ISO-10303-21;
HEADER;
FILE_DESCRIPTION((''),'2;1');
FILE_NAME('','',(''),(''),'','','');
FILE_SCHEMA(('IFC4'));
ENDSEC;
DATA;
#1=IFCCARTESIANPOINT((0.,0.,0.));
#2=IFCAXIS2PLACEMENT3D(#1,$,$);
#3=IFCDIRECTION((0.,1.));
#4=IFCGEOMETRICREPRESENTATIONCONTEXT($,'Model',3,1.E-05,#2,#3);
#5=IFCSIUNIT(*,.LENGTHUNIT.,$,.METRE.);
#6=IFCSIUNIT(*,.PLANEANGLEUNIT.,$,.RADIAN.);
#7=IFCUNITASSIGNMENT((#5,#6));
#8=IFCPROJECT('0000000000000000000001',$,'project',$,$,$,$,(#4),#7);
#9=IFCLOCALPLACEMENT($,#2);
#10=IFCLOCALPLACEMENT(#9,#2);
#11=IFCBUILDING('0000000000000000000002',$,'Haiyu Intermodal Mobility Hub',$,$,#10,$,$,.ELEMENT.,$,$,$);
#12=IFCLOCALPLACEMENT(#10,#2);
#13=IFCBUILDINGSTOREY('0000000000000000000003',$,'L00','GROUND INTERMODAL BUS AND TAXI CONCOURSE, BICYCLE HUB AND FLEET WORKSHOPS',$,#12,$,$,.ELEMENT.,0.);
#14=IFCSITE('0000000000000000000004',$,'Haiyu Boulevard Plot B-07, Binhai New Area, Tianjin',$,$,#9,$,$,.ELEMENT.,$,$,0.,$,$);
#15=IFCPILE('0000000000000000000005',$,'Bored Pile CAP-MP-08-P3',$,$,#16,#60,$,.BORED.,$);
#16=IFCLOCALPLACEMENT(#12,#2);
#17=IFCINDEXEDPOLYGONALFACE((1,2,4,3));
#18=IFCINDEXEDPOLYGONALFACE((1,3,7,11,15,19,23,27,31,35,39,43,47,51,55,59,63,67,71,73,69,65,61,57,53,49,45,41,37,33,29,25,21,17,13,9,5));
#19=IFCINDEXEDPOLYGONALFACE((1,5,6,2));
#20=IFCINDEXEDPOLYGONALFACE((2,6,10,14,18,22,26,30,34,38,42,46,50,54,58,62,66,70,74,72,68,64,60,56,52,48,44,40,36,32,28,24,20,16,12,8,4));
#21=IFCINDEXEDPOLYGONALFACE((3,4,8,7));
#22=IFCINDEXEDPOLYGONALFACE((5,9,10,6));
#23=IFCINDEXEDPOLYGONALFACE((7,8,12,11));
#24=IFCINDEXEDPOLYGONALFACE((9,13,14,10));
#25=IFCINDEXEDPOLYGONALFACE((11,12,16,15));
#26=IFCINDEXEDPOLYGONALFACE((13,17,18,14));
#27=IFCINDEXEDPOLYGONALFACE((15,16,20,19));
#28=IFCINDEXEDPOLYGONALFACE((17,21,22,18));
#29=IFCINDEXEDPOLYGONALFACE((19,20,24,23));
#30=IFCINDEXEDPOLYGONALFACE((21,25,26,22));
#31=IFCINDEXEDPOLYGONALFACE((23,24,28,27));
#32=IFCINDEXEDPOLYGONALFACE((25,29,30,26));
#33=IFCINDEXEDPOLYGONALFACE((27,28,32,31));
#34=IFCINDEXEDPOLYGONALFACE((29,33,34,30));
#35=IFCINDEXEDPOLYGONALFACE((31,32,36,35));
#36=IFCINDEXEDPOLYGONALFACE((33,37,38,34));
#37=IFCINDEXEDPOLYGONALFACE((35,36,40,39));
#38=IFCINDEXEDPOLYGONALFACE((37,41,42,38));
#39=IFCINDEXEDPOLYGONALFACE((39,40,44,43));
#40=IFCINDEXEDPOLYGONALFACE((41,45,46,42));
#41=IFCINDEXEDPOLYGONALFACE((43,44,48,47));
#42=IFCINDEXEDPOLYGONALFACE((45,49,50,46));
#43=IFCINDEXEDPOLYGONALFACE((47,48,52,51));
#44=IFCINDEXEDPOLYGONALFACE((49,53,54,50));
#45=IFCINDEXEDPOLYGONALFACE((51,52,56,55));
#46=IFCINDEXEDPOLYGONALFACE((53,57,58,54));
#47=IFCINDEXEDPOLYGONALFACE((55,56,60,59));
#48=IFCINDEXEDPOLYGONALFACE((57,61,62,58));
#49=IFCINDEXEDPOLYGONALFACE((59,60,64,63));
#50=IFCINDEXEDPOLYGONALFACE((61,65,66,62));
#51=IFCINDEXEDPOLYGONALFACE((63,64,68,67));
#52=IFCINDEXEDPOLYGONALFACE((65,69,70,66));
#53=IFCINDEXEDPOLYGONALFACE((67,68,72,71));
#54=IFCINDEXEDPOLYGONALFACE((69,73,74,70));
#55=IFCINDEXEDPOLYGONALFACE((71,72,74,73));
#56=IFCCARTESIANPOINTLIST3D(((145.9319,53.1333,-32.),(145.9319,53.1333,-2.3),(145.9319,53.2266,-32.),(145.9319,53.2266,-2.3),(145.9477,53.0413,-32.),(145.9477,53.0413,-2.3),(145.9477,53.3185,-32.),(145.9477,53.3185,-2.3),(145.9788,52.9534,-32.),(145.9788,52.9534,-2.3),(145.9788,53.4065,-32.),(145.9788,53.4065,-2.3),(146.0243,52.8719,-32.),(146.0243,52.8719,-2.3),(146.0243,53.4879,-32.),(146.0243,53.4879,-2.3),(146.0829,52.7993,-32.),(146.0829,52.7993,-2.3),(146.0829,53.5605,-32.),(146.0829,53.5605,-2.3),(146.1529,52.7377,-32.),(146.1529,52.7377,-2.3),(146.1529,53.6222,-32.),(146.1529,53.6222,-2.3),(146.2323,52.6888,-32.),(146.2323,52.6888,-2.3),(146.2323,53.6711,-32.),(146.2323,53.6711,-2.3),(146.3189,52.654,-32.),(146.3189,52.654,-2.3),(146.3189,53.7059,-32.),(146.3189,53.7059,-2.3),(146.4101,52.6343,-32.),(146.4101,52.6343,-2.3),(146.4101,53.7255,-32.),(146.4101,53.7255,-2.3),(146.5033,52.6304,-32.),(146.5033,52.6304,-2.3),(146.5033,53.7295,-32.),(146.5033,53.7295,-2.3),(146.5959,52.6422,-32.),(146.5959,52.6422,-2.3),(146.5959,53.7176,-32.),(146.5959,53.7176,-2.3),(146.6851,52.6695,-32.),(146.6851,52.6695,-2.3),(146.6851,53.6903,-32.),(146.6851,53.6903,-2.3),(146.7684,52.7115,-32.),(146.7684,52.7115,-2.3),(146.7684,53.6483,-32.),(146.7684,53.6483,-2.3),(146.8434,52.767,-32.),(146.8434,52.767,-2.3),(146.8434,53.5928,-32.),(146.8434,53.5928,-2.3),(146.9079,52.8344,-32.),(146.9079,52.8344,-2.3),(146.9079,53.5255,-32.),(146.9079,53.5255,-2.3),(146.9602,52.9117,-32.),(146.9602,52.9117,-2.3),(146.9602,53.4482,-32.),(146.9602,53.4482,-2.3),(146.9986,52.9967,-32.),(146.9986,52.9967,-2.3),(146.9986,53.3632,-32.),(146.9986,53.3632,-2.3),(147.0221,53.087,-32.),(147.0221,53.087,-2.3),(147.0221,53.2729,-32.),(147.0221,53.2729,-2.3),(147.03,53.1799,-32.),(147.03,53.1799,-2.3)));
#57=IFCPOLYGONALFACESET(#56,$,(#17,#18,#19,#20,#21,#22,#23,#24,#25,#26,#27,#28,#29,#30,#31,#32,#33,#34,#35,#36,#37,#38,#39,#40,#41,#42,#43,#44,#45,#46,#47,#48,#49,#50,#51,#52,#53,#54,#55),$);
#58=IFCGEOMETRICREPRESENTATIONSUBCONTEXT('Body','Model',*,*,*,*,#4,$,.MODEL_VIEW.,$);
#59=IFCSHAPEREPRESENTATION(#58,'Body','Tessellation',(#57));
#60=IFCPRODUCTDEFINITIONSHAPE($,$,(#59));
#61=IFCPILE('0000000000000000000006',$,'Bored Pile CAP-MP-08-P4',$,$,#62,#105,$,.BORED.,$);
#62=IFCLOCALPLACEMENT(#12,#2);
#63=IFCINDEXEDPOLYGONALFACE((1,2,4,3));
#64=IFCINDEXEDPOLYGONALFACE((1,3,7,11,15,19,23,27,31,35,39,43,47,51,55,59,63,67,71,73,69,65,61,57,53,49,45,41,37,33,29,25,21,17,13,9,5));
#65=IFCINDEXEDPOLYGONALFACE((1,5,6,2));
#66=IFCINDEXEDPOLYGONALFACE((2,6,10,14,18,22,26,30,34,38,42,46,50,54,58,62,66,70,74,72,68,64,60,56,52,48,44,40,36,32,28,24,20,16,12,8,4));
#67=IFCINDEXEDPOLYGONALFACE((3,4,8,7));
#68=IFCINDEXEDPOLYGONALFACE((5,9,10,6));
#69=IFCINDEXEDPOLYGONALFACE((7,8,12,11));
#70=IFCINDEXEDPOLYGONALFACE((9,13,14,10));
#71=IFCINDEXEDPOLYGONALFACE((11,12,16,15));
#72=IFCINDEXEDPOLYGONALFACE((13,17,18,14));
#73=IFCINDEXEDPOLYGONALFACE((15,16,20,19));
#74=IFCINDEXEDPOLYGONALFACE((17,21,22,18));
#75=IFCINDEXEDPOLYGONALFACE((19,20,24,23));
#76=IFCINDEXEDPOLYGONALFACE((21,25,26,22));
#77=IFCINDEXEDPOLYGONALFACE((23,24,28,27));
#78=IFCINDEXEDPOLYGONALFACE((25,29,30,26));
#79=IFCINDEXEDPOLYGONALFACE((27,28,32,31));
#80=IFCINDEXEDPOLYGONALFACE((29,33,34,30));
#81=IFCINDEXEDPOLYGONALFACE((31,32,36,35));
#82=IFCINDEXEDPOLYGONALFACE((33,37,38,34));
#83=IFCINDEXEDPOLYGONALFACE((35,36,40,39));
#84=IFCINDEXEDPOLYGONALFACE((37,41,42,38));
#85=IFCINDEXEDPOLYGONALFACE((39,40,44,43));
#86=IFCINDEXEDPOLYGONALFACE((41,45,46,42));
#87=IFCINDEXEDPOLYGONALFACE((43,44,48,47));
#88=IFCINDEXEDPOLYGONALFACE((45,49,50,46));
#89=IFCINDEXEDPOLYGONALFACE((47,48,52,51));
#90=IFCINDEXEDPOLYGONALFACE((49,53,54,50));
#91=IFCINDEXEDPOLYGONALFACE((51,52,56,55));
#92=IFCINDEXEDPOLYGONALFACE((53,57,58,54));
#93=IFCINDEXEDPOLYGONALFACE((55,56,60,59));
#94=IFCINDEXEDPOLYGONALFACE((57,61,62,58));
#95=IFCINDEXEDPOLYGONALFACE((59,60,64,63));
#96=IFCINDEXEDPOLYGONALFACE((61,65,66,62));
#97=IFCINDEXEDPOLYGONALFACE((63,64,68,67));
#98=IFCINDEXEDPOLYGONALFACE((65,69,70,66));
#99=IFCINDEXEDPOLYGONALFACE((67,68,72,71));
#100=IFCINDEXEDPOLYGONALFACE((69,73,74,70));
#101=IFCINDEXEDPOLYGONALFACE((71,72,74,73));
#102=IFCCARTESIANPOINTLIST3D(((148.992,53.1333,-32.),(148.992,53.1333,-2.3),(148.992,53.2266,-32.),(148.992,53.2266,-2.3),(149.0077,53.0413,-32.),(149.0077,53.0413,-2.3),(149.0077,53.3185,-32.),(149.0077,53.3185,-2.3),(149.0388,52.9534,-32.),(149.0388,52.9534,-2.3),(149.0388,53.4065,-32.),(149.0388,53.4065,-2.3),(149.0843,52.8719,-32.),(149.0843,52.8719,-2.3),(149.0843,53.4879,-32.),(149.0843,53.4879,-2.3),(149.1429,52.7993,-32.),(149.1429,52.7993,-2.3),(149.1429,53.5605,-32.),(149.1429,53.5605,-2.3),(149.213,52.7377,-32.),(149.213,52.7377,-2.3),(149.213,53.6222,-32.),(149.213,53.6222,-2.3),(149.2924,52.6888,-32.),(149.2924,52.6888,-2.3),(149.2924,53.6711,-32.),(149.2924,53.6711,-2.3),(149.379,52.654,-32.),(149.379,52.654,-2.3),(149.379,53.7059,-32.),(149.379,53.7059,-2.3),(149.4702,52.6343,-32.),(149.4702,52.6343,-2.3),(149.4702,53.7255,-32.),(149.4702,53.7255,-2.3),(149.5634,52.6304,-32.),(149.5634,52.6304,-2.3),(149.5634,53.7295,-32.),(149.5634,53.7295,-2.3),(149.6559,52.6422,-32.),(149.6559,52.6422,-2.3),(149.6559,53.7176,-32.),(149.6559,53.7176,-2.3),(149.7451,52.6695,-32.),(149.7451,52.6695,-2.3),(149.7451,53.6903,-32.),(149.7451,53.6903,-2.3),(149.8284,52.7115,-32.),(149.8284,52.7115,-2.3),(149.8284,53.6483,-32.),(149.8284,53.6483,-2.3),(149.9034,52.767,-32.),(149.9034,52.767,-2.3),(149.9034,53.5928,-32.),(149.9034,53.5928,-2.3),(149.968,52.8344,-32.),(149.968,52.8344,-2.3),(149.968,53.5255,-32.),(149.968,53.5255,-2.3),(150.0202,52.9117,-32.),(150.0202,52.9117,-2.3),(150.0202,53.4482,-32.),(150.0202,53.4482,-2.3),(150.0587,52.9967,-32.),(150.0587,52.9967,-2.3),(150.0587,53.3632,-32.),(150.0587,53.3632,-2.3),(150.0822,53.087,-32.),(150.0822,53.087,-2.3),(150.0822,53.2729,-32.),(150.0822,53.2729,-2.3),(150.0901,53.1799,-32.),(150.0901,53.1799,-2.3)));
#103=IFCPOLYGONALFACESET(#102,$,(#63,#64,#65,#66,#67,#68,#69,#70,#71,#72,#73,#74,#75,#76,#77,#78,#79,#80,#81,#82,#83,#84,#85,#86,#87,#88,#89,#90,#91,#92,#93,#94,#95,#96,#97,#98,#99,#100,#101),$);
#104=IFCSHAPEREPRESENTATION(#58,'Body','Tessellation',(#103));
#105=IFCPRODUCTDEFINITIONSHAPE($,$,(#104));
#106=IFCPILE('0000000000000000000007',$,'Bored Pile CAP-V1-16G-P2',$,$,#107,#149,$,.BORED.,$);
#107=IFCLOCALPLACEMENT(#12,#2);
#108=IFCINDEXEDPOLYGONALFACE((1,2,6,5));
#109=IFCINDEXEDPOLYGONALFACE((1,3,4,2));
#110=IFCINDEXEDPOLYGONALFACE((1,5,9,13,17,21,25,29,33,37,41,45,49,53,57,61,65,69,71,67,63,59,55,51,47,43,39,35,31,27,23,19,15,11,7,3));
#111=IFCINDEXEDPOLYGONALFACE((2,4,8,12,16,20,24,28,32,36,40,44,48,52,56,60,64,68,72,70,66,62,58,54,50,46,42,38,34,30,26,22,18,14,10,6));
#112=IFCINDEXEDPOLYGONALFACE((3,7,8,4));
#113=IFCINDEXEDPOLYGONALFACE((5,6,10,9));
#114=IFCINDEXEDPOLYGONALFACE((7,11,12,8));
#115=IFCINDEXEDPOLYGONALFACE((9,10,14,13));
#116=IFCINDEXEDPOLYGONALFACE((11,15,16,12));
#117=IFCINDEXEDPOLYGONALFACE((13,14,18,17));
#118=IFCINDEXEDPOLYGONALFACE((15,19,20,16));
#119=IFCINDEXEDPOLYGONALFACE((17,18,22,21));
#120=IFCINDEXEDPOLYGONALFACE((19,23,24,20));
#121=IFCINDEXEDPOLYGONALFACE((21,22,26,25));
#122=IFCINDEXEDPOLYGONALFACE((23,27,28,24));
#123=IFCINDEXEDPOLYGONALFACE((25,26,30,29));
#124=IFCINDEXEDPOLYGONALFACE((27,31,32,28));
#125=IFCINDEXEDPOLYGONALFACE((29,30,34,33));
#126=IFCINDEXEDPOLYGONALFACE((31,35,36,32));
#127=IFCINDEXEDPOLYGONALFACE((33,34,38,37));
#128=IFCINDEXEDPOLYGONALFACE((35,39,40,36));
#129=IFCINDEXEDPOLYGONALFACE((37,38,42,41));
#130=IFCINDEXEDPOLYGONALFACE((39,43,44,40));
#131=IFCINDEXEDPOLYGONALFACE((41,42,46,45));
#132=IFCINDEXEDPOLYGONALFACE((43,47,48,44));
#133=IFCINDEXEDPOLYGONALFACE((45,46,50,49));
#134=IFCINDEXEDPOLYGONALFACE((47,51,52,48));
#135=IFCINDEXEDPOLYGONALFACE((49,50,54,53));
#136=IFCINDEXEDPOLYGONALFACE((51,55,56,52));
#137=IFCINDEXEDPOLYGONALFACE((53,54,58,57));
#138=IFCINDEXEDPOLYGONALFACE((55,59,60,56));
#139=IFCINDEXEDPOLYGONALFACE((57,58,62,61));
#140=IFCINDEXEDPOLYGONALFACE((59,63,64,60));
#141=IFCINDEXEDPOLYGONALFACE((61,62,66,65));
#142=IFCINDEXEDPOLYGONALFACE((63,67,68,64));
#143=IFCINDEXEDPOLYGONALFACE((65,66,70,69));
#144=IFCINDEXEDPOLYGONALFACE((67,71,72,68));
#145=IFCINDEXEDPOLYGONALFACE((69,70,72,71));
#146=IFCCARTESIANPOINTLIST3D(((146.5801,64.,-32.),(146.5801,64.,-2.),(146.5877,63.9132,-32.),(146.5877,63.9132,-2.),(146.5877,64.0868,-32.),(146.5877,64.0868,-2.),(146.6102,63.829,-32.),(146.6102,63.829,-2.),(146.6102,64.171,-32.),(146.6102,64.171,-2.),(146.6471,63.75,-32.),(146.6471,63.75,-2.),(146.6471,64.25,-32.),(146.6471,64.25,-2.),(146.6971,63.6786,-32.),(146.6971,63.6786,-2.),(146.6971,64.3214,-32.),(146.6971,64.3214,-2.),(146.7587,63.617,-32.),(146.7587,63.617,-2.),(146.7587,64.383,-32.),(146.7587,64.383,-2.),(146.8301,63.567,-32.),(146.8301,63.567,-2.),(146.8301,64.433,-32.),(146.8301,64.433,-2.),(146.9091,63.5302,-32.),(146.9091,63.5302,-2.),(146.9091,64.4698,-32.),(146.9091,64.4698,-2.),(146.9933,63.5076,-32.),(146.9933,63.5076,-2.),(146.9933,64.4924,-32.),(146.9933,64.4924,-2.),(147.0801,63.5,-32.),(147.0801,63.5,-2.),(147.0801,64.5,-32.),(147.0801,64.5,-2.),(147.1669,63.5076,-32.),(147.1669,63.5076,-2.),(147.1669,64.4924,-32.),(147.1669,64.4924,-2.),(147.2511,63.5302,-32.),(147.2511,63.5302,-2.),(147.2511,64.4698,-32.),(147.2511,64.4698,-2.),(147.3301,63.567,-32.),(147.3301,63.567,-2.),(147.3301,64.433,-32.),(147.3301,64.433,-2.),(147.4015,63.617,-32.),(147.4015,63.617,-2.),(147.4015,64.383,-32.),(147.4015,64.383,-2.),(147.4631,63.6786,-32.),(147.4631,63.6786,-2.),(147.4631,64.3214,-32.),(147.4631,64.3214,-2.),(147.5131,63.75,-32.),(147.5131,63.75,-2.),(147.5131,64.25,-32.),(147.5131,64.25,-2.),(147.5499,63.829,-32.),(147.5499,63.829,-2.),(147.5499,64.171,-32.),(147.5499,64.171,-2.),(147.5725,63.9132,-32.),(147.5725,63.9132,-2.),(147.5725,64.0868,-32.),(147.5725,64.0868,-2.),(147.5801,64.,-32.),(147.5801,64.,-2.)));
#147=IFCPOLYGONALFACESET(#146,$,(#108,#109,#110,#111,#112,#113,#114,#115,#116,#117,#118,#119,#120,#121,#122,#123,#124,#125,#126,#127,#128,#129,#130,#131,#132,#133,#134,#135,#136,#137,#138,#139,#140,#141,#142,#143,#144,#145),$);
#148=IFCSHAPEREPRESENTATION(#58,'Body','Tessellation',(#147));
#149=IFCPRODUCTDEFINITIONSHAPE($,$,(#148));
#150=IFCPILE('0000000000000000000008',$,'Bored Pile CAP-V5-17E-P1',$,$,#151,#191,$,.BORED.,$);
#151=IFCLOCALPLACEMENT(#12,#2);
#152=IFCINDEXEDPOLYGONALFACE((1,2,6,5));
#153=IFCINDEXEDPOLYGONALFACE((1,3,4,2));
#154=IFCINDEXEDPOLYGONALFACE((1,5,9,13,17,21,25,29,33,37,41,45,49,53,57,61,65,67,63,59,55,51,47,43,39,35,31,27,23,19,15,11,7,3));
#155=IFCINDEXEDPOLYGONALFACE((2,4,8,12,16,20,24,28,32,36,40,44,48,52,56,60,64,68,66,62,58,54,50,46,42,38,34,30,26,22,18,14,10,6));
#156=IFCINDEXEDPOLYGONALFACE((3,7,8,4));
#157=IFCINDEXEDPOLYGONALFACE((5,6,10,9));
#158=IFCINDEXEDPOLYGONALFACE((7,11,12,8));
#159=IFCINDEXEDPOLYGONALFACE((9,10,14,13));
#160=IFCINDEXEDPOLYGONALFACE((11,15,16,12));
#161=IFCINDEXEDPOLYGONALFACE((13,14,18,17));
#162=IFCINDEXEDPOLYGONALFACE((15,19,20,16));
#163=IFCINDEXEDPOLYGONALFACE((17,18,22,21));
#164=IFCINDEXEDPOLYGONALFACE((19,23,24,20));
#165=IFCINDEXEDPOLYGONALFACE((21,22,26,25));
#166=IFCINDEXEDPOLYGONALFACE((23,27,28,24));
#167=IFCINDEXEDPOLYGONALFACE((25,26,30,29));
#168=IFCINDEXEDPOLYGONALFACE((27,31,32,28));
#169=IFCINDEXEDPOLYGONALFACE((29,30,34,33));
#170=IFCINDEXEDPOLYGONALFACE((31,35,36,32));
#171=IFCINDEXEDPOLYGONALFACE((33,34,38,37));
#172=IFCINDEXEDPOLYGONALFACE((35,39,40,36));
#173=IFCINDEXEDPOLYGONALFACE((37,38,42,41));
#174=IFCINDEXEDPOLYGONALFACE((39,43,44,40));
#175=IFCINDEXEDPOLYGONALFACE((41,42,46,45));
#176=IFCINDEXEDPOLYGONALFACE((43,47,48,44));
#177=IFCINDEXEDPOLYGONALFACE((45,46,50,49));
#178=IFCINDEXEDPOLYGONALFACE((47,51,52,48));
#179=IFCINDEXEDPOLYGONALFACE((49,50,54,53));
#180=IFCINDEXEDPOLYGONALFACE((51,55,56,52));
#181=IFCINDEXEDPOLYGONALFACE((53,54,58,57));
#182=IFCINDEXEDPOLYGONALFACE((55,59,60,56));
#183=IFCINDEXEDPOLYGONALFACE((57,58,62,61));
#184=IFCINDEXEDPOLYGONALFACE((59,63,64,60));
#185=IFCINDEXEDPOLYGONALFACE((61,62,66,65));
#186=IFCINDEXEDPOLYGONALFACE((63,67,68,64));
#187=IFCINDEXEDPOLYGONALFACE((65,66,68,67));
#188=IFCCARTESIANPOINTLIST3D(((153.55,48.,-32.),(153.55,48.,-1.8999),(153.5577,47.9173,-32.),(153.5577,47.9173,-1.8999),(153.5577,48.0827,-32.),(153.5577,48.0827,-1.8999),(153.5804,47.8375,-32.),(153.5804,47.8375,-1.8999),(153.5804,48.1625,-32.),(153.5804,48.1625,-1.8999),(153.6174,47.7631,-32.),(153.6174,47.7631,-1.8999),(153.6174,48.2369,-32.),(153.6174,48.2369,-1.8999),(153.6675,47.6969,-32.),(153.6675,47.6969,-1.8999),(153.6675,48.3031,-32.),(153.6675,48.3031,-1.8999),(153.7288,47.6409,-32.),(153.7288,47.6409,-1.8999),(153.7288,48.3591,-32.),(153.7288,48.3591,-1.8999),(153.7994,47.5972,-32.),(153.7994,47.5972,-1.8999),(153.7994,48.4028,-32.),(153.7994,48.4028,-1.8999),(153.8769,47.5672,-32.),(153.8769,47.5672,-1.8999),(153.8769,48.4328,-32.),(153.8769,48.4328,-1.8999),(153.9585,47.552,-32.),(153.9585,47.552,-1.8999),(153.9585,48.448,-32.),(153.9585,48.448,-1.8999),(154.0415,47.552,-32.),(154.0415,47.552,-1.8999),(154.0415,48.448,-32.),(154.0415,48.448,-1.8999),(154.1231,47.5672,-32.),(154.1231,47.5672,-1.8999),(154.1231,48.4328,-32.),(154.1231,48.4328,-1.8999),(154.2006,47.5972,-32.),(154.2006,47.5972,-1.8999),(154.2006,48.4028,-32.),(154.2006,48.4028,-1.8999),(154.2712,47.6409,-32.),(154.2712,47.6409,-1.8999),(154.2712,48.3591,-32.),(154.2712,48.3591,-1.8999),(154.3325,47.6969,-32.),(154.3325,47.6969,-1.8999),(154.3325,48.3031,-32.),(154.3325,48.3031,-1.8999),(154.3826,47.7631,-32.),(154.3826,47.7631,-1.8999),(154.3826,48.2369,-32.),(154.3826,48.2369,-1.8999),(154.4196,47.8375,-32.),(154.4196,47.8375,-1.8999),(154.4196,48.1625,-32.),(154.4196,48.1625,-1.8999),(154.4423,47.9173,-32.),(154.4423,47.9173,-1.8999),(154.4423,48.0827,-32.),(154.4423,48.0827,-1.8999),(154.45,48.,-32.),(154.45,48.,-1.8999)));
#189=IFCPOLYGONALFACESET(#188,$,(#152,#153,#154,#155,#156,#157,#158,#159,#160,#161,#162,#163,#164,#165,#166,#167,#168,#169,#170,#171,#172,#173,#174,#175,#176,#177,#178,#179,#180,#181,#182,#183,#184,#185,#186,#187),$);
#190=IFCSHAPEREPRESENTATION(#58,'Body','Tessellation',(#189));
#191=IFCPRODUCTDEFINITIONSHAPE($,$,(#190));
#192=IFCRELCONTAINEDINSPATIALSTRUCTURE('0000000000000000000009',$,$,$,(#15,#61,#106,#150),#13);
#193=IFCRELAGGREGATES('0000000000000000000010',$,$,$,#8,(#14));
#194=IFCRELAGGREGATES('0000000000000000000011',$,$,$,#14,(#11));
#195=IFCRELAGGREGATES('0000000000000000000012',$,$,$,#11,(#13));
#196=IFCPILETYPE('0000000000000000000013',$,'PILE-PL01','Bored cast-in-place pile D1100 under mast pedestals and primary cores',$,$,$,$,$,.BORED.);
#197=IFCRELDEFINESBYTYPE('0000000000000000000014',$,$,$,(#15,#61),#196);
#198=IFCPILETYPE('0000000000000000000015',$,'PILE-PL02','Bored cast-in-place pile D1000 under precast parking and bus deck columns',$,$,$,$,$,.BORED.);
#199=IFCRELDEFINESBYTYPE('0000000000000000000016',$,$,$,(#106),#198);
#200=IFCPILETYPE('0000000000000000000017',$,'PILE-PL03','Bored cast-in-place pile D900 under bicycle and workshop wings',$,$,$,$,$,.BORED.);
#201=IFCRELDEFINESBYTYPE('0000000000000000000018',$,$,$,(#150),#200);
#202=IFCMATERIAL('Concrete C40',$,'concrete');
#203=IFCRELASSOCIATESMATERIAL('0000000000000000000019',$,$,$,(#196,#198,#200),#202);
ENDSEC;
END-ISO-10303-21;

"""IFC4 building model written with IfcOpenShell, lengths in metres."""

from ifc_helpers import new_model, si_unit, direction, frame, origin, origin_2d, place, context, subcontext, project, spatial, circle, extrude, material, material_profile, profile_set, type_object, element, save


model = new_model("IFC4")

# Units and contexts
model_context = context("Model", 3, precision=1e-05, world=origin(), true_north=direction((0.0, 1.0)))
body_context = subcontext(model_context, "Body", "Model", "MODEL_VIEW")
ifc_project = project(units=[si_unit("LENGTHUNIT", "METRE"), si_unit("PLANEANGLEUNIT", "RADIAN")], contexts=[model_context])

# Site, building, storey
site_placement = place(None, origin())
site = spatial("IfcSite", under=ifc_project, at=site_placement, Name="Haiyu Boulevard Plot B-07, Binhai New Area, Tianjin", CompositionType="ELEMENT", RefElevation=0.0)
building_placement = place(site_placement, origin())
building = spatial("IfcBuilding", under=site, at=building_placement, Name="Haiyu Intermodal Mobility Hub", CompositionType="ELEMENT")
storey_placement = place(building_placement, origin())
storey = spatial("IfcBuildingStorey", under=building, at=storey_placement, Name="L00", Description="GROUND INTERMODAL BUS AND TAXI CONCOURSE, BICYCLE HUB AND FLEET WORKSHOPS", CompositionType="ELEMENT", Elevation=0.0)

# Shared definitions
ifc_material_1 = material(Name="Concrete C40", Category="concrete")

# Piles
ifc_material_profile_1 = material_profile(ifc_material_1, circle(Radius=0.55, at=origin_2d()), Name="PILE-D1100")
ifc_profile_set_1 = profile_set([ifc_material_profile_1], Name="Concrete C40")
pile_type_1 = type_object("IfcPileType", Name="PILE-PL01", Description="Bored cast-in-place pile D1100 under mast pedestals and primary cores", PredefinedType="BORED", material=ifc_profile_set_1)
for number, where, z_axis, x_axis, name in (
    (1, (146.48, 53.1799, -2.3), (0.0, 0.0, -1.0), (1.0, 0.0, 0.0), "Bored Pile CAP-MP-08-P3"),
    (2, (149.54, 53.1799, -2.3), (0.0, 0.0, -1.0), (1.0, 0.0, 0.0), "Bored Pile CAP-MP-08-P4"),
):
    element("IfcPile", number, at=place(storey_placement, frame(where, z_axis=z_axis, x_axis=x_axis)), inside=storey, type_object=pile_type_1, Name=name, PredefinedType="BORED", context=body_context, shape_type="SweptSolid", body=[
        extrude(circle(Radius=0.55, at=origin_2d()), origin(), (0.0, 0.0, 1.0), 29.7),
    ])
ifc_material_profile_2 = material_profile(ifc_material_1, circle(Radius=0.5, at=origin_2d()), Name="PILE-D1000")
ifc_profile_set_2 = profile_set([ifc_material_profile_2], Name="Concrete C40")
pile_type_2 = type_object("IfcPileType", Name="PILE-PL02", Description="Bored cast-in-place pile D1000 under precast parking and bus deck columns", PredefinedType="BORED", material=ifc_profile_set_2)
pile_1_placement = place(storey_placement, frame((147.0801, 64.0, -2.0), z_axis=(0.0, 0.0, -1.0), x_axis=(1.0, 0.0, 0.0)))
element("IfcPile", 3, at=pile_1_placement, inside=storey, type_object=pile_type_2, Name="Bored Pile CAP-V1-16G-P2", PredefinedType="BORED", context=body_context, shape_type="SweptSolid", body=[
    extrude(circle(Radius=0.5, at=origin_2d()), origin(), (0.0, 0.0, 1.0), 30.0),
])
ifc_material_profile_3 = material_profile(ifc_material_1, circle(Radius=0.45, at=origin_2d()), Name="PILE-D900")
ifc_profile_set_3 = profile_set([ifc_material_profile_3], Name="Concrete C40")
pile_type_3 = type_object("IfcPileType", Name="PILE-PL03", Description="Bored cast-in-place pile D900 under bicycle and workshop wings", PredefinedType="BORED", material=ifc_profile_set_3)
pile_2_placement = place(storey_placement, frame((154.0, 48.0, -1.8999), z_axis=(0.0, 0.0, -1.0), x_axis=(1.0, 0.0, 0.0)))
element("IfcPile", 4, at=pile_2_placement, inside=storey, type_object=pile_type_3, Name="Bored Pile CAP-V5-17E-P1", PredefinedType="BORED", context=body_context, shape_type="SweptSolid", body=[
    extrude(circle(Radius=0.45, at=origin_2d()), origin(), (0.0, 0.0, 1.0), 30.1001),
])

save(model, "model.ifc")
